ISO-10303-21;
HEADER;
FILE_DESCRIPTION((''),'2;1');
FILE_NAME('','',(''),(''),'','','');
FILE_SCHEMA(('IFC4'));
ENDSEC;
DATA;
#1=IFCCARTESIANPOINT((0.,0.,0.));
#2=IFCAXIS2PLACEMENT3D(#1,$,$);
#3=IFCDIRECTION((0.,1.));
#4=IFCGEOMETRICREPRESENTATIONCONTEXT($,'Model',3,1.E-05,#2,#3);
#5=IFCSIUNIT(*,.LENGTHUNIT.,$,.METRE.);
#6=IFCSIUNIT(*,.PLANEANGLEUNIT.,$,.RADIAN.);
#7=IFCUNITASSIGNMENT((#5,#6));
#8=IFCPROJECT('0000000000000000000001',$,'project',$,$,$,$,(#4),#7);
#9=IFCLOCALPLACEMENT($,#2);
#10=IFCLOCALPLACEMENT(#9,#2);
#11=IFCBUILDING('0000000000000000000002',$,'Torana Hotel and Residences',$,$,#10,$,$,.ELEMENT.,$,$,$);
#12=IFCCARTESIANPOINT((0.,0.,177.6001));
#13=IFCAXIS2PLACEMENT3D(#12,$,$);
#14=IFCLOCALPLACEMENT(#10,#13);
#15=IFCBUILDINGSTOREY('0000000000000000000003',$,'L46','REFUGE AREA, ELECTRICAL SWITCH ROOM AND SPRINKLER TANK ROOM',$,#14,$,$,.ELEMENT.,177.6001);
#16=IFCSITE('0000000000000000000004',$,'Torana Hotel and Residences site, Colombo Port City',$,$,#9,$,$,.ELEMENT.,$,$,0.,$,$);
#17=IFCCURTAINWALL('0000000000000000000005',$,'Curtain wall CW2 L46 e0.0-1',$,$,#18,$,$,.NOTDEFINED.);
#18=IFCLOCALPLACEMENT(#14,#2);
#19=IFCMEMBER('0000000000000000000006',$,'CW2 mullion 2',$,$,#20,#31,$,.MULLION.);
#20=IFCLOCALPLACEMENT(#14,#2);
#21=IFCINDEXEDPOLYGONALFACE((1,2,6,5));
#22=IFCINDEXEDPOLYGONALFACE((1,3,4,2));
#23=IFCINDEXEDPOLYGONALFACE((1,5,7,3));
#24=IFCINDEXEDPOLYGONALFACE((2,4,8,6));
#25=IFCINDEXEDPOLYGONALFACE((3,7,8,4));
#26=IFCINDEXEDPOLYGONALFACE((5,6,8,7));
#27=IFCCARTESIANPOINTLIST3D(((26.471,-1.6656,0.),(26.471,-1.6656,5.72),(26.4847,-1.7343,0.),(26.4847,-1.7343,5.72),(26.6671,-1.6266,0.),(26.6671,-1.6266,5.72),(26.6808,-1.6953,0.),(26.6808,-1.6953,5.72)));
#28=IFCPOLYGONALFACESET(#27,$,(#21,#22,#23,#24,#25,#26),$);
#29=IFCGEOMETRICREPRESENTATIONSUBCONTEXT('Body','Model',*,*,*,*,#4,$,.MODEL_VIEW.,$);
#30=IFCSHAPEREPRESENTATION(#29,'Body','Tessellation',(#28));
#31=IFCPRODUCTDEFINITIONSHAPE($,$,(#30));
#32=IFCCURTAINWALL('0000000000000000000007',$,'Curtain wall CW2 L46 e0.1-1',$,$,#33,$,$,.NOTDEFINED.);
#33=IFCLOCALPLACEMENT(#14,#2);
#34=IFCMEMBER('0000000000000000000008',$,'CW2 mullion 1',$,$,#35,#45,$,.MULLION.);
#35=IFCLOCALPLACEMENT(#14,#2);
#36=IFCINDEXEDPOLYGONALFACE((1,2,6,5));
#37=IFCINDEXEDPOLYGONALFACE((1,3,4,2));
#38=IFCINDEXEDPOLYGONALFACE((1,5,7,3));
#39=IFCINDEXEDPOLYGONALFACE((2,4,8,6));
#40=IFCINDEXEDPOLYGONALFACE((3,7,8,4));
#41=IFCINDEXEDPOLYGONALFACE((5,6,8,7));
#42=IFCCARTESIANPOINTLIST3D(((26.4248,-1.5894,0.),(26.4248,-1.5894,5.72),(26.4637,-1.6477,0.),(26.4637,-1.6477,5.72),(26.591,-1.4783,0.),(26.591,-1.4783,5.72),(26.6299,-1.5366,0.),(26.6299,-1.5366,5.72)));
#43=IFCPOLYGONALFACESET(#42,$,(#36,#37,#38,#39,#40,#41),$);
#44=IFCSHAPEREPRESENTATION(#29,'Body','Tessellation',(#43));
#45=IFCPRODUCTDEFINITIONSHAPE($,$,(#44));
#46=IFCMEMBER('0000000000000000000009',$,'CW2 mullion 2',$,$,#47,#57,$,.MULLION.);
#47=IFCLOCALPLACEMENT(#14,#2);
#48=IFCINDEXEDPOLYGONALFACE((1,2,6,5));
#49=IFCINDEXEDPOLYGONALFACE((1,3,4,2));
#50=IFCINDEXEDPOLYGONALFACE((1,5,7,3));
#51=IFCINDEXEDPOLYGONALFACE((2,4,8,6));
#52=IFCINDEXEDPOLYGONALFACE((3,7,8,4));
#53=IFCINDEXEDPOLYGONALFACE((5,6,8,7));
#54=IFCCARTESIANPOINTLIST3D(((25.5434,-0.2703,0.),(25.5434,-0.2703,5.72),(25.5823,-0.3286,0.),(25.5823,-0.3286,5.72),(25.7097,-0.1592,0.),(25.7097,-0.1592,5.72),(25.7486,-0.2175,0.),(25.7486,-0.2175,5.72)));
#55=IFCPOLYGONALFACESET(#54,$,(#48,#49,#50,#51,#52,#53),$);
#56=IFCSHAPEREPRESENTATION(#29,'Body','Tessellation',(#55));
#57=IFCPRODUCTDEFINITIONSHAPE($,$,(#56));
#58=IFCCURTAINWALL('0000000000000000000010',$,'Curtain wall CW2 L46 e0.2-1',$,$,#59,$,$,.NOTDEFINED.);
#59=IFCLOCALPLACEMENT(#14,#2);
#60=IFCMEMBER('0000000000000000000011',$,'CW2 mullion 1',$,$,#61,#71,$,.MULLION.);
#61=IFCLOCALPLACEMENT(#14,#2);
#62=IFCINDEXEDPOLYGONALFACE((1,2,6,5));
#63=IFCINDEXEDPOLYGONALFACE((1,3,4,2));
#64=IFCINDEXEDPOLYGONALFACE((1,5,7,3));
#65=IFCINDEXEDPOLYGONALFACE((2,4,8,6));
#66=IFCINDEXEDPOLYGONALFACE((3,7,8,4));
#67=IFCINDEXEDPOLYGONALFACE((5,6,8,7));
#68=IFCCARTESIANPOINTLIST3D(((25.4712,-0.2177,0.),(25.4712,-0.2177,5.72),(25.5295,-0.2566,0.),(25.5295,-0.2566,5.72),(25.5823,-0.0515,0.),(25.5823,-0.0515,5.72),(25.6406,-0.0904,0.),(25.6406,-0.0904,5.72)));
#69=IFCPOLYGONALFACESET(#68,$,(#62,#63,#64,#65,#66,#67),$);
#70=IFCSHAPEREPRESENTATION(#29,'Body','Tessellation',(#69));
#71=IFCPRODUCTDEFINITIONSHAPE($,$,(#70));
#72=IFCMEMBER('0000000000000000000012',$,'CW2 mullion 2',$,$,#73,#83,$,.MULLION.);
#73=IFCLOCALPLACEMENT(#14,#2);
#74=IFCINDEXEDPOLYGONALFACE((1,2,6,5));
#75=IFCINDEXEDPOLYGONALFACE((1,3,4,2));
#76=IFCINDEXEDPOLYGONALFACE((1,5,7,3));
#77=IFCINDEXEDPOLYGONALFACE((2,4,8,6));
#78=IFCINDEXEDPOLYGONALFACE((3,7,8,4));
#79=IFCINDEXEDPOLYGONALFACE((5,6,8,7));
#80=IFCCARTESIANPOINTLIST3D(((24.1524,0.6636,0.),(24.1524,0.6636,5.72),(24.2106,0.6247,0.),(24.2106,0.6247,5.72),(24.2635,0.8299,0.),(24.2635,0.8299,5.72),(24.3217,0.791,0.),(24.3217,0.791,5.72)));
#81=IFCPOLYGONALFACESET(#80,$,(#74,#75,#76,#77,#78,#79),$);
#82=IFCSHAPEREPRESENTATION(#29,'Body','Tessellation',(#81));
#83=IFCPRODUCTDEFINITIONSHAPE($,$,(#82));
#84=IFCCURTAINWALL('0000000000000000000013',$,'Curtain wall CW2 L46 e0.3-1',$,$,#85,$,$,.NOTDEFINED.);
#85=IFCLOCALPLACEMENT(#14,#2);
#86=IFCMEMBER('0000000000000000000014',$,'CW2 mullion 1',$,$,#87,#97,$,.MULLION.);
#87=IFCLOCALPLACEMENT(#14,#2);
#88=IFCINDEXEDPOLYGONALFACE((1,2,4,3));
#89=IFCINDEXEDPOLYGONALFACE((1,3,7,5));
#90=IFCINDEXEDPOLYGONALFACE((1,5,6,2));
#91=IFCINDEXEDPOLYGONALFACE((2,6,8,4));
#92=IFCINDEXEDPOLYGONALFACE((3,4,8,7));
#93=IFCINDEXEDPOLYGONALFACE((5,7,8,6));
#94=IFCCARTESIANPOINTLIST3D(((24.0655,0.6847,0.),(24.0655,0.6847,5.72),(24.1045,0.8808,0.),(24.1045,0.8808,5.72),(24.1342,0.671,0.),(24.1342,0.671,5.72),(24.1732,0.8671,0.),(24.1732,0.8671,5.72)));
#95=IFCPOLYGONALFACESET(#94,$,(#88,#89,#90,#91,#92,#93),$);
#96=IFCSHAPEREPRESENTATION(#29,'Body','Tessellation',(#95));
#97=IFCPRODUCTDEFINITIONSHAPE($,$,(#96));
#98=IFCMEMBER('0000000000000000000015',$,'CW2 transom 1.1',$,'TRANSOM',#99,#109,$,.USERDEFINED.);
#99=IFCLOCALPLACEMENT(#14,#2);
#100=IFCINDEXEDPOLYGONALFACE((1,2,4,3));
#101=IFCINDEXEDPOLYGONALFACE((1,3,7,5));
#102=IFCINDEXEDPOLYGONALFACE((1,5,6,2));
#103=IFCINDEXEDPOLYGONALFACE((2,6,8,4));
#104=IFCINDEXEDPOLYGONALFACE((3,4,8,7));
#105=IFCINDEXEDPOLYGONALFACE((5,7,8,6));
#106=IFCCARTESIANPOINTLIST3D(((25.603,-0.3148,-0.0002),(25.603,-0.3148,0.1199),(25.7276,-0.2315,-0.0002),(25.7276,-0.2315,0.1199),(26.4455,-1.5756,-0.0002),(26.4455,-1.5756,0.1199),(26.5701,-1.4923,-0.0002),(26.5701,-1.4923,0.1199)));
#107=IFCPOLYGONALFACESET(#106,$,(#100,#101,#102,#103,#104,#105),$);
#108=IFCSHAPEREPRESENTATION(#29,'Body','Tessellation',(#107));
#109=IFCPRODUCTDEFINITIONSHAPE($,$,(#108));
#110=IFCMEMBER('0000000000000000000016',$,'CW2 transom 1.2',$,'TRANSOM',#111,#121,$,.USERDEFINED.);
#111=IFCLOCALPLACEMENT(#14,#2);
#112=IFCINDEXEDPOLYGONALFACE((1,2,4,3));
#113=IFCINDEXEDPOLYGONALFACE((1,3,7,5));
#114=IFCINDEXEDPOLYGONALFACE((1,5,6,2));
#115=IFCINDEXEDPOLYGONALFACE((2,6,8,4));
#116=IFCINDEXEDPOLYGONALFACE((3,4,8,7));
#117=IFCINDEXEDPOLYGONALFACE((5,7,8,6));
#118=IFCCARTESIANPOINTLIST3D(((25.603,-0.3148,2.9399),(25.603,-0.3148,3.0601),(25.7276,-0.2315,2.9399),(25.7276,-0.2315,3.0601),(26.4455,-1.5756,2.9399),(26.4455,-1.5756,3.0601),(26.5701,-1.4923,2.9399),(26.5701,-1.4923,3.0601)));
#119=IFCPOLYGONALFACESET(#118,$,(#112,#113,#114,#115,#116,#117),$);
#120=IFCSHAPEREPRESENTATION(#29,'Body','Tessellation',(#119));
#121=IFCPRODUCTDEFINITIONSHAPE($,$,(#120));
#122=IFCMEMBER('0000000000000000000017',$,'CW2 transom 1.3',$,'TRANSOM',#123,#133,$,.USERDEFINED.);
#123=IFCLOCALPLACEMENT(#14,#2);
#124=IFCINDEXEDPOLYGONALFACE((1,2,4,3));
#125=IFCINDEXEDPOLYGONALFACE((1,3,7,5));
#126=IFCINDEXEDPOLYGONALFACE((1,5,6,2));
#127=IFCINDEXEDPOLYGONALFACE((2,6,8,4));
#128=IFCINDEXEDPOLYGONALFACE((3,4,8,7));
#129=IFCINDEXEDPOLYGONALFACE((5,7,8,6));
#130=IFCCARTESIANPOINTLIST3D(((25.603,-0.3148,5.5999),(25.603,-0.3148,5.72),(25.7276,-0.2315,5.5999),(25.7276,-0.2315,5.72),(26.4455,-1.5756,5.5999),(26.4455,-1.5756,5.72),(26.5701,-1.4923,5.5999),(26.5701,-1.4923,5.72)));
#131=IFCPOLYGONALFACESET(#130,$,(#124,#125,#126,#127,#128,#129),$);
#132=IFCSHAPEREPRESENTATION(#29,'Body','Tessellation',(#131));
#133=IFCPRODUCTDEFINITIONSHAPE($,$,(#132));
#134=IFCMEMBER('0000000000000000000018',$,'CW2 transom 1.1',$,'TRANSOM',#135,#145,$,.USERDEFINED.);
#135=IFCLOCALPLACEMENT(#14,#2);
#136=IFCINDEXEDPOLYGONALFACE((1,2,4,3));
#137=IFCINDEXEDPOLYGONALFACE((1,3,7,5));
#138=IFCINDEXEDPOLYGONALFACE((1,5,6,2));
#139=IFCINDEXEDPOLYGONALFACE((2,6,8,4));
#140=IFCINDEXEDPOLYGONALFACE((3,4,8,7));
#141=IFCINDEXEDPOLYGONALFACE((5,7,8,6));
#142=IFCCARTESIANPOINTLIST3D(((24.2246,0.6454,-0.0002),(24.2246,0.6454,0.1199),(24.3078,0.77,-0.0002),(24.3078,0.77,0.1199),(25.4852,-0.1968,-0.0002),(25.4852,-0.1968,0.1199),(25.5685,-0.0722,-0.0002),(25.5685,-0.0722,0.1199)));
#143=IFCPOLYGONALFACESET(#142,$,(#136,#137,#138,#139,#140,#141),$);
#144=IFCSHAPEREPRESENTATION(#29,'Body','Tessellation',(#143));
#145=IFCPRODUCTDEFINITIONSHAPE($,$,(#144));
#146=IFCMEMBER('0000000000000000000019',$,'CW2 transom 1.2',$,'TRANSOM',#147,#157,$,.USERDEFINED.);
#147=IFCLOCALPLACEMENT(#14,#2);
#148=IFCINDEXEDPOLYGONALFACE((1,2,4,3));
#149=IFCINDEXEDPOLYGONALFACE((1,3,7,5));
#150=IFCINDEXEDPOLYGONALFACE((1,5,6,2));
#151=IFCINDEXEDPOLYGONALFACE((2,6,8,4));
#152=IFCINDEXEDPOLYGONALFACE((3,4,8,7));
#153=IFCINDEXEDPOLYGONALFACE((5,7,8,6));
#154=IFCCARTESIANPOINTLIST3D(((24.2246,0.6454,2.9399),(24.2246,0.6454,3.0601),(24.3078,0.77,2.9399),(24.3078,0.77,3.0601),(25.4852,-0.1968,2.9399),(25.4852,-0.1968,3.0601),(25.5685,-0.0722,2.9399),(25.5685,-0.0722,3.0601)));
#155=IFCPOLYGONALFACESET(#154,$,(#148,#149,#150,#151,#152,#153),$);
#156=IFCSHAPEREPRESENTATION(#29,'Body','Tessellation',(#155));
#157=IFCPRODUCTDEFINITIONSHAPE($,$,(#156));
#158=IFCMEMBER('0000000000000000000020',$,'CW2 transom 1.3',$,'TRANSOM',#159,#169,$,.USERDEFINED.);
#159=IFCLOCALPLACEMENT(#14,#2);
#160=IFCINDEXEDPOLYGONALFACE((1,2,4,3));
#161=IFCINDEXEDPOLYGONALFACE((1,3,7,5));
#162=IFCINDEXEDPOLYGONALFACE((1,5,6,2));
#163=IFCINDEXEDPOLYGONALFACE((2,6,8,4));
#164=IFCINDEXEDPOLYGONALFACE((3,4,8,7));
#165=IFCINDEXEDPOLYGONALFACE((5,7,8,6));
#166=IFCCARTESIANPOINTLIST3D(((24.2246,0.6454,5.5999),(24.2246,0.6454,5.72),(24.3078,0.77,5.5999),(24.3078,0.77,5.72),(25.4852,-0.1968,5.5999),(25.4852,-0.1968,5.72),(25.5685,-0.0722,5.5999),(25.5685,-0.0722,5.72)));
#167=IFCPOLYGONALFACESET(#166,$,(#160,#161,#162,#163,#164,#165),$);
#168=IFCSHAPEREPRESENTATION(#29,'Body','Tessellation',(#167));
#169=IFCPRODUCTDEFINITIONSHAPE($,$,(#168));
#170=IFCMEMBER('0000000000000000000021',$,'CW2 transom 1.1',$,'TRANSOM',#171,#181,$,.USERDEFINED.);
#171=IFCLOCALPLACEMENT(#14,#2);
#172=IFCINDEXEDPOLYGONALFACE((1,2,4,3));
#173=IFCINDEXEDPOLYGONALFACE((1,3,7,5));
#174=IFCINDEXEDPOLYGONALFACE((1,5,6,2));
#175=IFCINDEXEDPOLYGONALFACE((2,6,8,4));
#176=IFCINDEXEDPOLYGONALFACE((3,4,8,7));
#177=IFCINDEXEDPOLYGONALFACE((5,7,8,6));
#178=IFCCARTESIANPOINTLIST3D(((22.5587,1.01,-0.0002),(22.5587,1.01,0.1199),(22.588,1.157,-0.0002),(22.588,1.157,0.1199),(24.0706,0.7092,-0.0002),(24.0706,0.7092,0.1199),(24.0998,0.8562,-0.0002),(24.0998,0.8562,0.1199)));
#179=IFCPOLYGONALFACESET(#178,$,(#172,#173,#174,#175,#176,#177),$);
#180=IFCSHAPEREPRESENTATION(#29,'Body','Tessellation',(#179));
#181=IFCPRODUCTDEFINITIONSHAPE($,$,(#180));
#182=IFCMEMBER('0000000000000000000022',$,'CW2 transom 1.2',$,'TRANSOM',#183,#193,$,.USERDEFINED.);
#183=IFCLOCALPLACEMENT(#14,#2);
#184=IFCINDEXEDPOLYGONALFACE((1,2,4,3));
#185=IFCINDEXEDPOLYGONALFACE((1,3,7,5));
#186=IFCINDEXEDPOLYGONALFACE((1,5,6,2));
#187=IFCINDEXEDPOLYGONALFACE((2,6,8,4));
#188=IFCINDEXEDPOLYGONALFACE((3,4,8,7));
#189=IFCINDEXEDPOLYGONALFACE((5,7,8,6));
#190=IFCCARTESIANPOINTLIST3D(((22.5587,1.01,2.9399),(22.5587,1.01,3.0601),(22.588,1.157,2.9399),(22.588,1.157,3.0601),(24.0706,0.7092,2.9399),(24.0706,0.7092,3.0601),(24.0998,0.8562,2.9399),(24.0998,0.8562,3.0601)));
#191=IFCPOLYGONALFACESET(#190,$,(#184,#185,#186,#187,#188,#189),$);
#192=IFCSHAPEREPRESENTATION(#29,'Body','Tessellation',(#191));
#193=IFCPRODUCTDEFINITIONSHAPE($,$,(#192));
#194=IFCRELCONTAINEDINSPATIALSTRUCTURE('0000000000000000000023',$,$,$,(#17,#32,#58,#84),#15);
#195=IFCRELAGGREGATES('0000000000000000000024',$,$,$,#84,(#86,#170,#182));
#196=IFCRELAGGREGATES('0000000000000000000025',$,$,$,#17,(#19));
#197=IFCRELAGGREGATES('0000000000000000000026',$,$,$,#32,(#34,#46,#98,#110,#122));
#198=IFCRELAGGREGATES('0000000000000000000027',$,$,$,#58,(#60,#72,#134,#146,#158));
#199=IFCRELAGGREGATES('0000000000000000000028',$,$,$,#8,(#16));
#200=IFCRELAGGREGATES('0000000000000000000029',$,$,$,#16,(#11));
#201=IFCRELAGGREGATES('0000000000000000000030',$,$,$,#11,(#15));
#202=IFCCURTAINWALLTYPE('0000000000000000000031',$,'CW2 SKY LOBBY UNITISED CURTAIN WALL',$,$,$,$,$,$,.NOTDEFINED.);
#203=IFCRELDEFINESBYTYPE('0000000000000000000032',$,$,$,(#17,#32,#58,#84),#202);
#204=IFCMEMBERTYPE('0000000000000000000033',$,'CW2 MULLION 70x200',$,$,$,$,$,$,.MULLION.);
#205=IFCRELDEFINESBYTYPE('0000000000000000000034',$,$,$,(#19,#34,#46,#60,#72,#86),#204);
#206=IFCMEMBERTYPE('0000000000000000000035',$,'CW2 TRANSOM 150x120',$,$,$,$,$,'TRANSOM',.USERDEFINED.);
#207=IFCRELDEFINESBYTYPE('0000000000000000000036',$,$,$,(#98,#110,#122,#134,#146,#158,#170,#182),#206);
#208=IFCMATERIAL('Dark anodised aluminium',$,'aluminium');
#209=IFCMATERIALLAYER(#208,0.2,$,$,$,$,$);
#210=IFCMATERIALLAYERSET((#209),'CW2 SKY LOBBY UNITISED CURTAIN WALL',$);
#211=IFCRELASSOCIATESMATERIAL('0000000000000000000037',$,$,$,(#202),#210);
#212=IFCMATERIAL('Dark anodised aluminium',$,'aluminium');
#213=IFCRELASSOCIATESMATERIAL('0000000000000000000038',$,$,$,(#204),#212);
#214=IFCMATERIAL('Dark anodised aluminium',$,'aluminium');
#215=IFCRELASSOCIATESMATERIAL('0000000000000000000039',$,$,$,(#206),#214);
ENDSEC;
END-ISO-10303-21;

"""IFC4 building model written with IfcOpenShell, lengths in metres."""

from ifc_helpers import new_model, si_unit, direction, frame, origin, origin_2d, place, context, subcontext, project, spatial, rectangle, extrude, material, layer, layer_set, material_profile, profile_set, type_object, element, aggregate, save


model = new_model("IFC4")

# Units and contexts
model_context = context("Model", 3, precision=1e-05, world=origin(), true_north=direction((0.0, 1.0)))
body_context = subcontext(model_context, "Body", "Model", "MODEL_VIEW")
ifc_project = project(units=[si_unit("LENGTHUNIT", "METRE"), si_unit("PLANEANGLEUNIT", "RADIAN")], contexts=[model_context])

# Site, building, storey
site_placement = place(None, origin())
site = spatial("IfcSite", under=ifc_project, at=site_placement, Name="Torana Hotel and Residences site, Colombo Port City", CompositionType="ELEMENT", RefElevation=0.0)
building_placement = place(site_placement, origin())
building = spatial("IfcBuilding", under=site, at=building_placement, Name="Torana Hotel and Residences", CompositionType="ELEMENT")
storey_placement = place(building_placement, frame((0.0, 0.0, 177.6001)))
storey = spatial("IfcBuildingStorey", under=building, at=storey_placement, Name="L46", Description="REFUGE AREA, ELECTRICAL SWITCH ROOM AND SPRINKLER TANK ROOM", CompositionType="ELEMENT", Elevation=177.6001)

# Curtain wall, member
ifc_material_1 = material(Name="Dark anodised aluminium", Category="aluminium")
ifc_layer_1 = layer(ifc_material_1, 0.2)
ifc_layer_set_1 = layer_set([ifc_layer_1], Name="CW2 SKY LOBBY UNITISED CURTAIN WALL")
curtain_wall_type = type_object("IfcCurtainWallType", Name="CW2 SKY LOBBY UNITISED CURTAIN WALL", PredefinedType="NOTDEFINED", material=ifc_layer_set_1)
curtain_wall_1_placement = place(storey_placement, origin())
curtain_wall_1 = element("IfcCurtainWall", 1, at=curtain_wall_1_placement, inside=storey, type_object=curtain_wall_type, Name="Curtain wall CW2 L46 e0.0-1", PredefinedType="NOTDEFINED")
ifc_material_2 = material(Name="Dark anodised aluminium", Category="aluminium")
ifc_material_profile_1 = material_profile(ifc_material_2, rectangle(XDim=0.2, YDim=0.0701, at=origin_2d()), Name="CW2 MULLION 70x200")
ifc_profile_set_1 = profile_set([ifc_material_profile_1], Name="Dark anodised aluminium")
member_type_1 = type_object("IfcMemberType", Name="CW2 MULLION 70x200", PredefinedType="MULLION", material=ifc_profile_set_1)
member_1_placement = place(storey_placement, frame((26.5759, -1.6804, 0.0), z_axis=(0.0, 0.0, 1.0), x_axis=(-0.980791, -0.195064, 0.0)))
member_1 = element("IfcMember", 2, at=member_1_placement, type_object=member_type_1, Name="CW2 mullion 2", PredefinedType="MULLION", context=body_context, shape_type="SweptSolid", body=[
    extrude(rectangle(XDim=0.2, YDim=0.0701, at=origin_2d()), origin(), (0.0, 0.0, 1.0), 5.72),
])

# Curtain walls, members
curtain_wall_2_placement = place(storey_placement, origin())
curtain_wall_2 = element("IfcCurtainWall", 3, at=curtain_wall_2_placement, inside=storey, type_object=curtain_wall_type, Name="Curtain wall CW2 L46 e0.1-1", PredefinedType="NOTDEFINED")
member_2_placement = place(storey_placement, frame((26.5273, -1.563, 0.0), z_axis=(0.0, 0.0, 1.0), x_axis=(-0.831474, -0.555564, 0.0)))
member_2 = element("IfcMember", 4, at=member_2_placement, type_object=member_type_1, Name="CW2 mullion 1", PredefinedType="MULLION", context=body_context, shape_type="SweptSolid", body=[
    extrude(rectangle(XDim=0.2, YDim=0.0701, at=origin_2d()), origin(), (0.0, 0.0, 1.0), 5.72),
])
member_3_placement = place(storey_placement, frame((25.646, -0.2439, 0.0), z_axis=(0.0, 0.0, 1.0), x_axis=(-0.831474, -0.555564, 0.0)))
member_3 = element("IfcMember", 5, at=member_3_placement, type_object=member_type_1, Name="CW2 mullion 2", PredefinedType="MULLION", context=body_context, shape_type="SweptSolid", body=[
    extrude(rectangle(XDim=0.2, YDim=0.0701, at=origin_2d()), origin(), (0.0, 0.0, 1.0), 5.72),
])
curtain_wall_3_placement = place(storey_placement, origin())
curtain_wall_3 = element("IfcCurtainWall", 6, at=curtain_wall_3_placement, inside=storey, type_object=curtain_wall_type, Name="Curtain wall CW2 L46 e0.2-1", PredefinedType="NOTDEFINED")
member_4_placement = place(storey_placement, frame((25.5559, -0.1541, 0.0), z_axis=(0.0, 0.0, 1.0), x_axis=(-0.555564, -0.831474, 0.0)))
member_4 = element("IfcMember", 7, at=member_4_placement, type_object=member_type_1, Name="CW2 mullion 1", PredefinedType="MULLION", context=body_context, shape_type="SweptSolid", body=[
    extrude(rectangle(XDim=0.2, YDim=0.0701, at=origin_2d()), origin(), (0.0, 0.0, 1.0), 5.72),
])
member_5_placement = place(storey_placement, frame((24.2371, 0.7273, 0.0), z_axis=(0.0, 0.0, 1.0), x_axis=(-0.555564, -0.831474, 0.0)))
member_5 = element("IfcMember", 8, at=member_5_placement, type_object=member_type_1, Name="CW2 mullion 2", PredefinedType="MULLION", context=body_context, shape_type="SweptSolid", body=[
    extrude(rectangle(XDim=0.2, YDim=0.0701, at=origin_2d()), origin(), (0.0, 0.0, 1.0), 5.72),
])

# Curtain wall, member
curtain_wall_4_placement = place(storey_placement, origin())
curtain_wall_4 = element("IfcCurtainWall", 9, at=curtain_wall_4_placement, inside=storey, type_object=curtain_wall_type, Name="Curtain wall CW2 L46 e0.3-1", PredefinedType="NOTDEFINED")
member_6_placement = place(storey_placement, frame((24.1194, 0.7759, 0.0), z_axis=(0.0, 0.0, 1.0), x_axis=(-0.195064, -0.980791, 0.0)))
member_6 = element("IfcMember", 10, at=member_6_placement, type_object=member_type_1, Name="CW2 mullion 1", PredefinedType="MULLION", context=body_context, shape_type="SweptSolid", body=[
    extrude(rectangle(XDim=0.2, YDim=0.0701, at=origin_2d()), origin(), (0.0, 0.0, 1.0), 5.72),
])

# Members
ifc_material_3 = material(Name="Dark anodised aluminium", Category="aluminium")
ifc_material_profile_2 = material_profile(ifc_material_3, rectangle(XDim=0.1499, YDim=0.1201, at=origin_2d()), Name="CW2 TRANSOM 150x120")
ifc_profile_set_2 = profile_set([ifc_material_profile_2], Name="Dark anodised aluminium")
member_type_2 = type_object("IfcMemberType", Name="CW2 TRANSOM 150x120", ElementType="TRANSOM", PredefinedType="USERDEFINED", material=ifc_profile_set_2)
member_7_placement = place(storey_placement, frame((26.5078, -1.5339, 0.0598), z_axis=(-0.555629, 0.831431, 0.0), x_axis=(-0.831431, -0.555629, 0.0)))
member_7 = element("IfcMember", 11, at=member_7_placement, type_object=member_type_2, Name="CW2 transom 1.1", ObjectType="TRANSOM", PredefinedType="USERDEFINED", context=body_context, shape_type="SweptSolid", body=[
    extrude(rectangle(XDim=0.1499, YDim=0.1201, at=origin_2d()), origin(), (0.0, 0.0, 1.0), 1.5164),
])
member_8_placement = place(storey_placement, frame((26.5078, -1.5339, 3.0), z_axis=(-0.555629, 0.831431, 0.0), x_axis=(-0.831431, -0.555629, 0.0)))
member_8 = element("IfcMember", 12, at=member_8_placement, type_object=member_type_2, Name="CW2 transom 1.2", ObjectType="TRANSOM", PredefinedType="USERDEFINED", context=body_context, shape_type="SweptSolid", body=[
    extrude(rectangle(XDim=0.1499, YDim=0.1201, at=origin_2d()), origin(), (0.0, 0.0, 1.0), 1.5164),
])
member_9_placement = place(storey_placement, frame((26.5078, -1.5339, 5.6599), z_axis=(-0.555629, 0.831431, 0.0), x_axis=(-0.831431, -0.555629, 0.0)))
member_9 = element("IfcMember", 13, at=member_9_placement, type_object=member_type_2, Name="CW2 transom 1.3", ObjectType="TRANSOM", PredefinedType="USERDEFINED", context=body_context, shape_type="SweptSolid", body=[
    extrude(rectangle(XDim=0.1499, YDim=0.1201, at=origin_2d()), origin(), (0.0, 0.0, 1.0), 1.5164),
])
member_10_placement = place(storey_placement, frame((25.5269, -0.1345, 0.0598), z_axis=(-0.831505, 0.555517, 0.0), x_axis=(-0.555517, -0.831505, 0.0)))
member_10 = element("IfcMember", 14, at=member_10_placement, type_object=member_type_2, Name="CW2 transom 1.1", ObjectType="TRANSOM", PredefinedType="USERDEFINED", context=body_context, shape_type="SweptSolid", body=[
    extrude(rectangle(XDim=0.1499, YDim=0.1201, at=origin_2d()), origin(), (0.0, 0.0, 1.0), 1.5161),
])
member_11_placement = place(storey_placement, frame((25.5269, -0.1345, 3.0), z_axis=(-0.831505, 0.555517, 0.0), x_axis=(-0.555517, -0.831505, 0.0)))
member_11 = element("IfcMember", 15, at=member_11_placement, type_object=member_type_2, Name="CW2 transom 1.2", ObjectType="TRANSOM", PredefinedType="USERDEFINED", context=body_context, shape_type="SweptSolid", body=[
    extrude(rectangle(XDim=0.1499, YDim=0.1201, at=origin_2d()), origin(), (0.0, 0.0, 1.0), 1.5161),
])
member_12_placement = place(storey_placement, frame((25.5269, -0.1345, 5.6599), z_axis=(-0.831505, 0.555517, 0.0), x_axis=(-0.555517, -0.831505, 0.0)))
member_12 = element("IfcMember", 16, at=member_12_placement, type_object=member_type_2, Name="CW2 transom 1.3", ObjectType="TRANSOM", PredefinedType="USERDEFINED", context=body_context, shape_type="SweptSolid", body=[
    extrude(rectangle(XDim=0.1499, YDim=0.1201, at=origin_2d()), origin(), (0.0, 0.0, 1.0), 1.5161),
])
member_13_placement = place(storey_placement, frame((24.0852, 0.7827, 0.0598), z_axis=(-0.980781, 0.195111, 0.0), x_axis=(-0.195111, -0.980781, 0.0)))
member_13 = element("IfcMember", 17, at=member_13_placement, type_object=member_type_2, Name="CW2 transom 1.1", ObjectType="TRANSOM", PredefinedType="USERDEFINED", context=body_context, shape_type="SweptSolid", body=[
    extrude(rectangle(XDim=0.1499, YDim=0.1201, at=origin_2d()), origin(), (0.0, 0.0, 1.0), 1.5415),
])
member_14_placement = place(storey_placement, frame((24.0852, 0.7827, 3.0), z_axis=(-0.980781, 0.195111, 0.0), x_axis=(-0.195111, -0.980781, 0.0)))
member_14 = element("IfcMember", 18, at=member_14_placement, type_object=member_type_2, Name="CW2 transom 1.2", ObjectType="TRANSOM", PredefinedType="USERDEFINED", context=body_context, shape_type="SweptSolid", body=[
    extrude(rectangle(XDim=0.1499, YDim=0.1201, at=origin_2d()), origin(), (0.0, 0.0, 1.0), 1.5415),
])
aggregate(curtain_wall_4, [member_6, member_13, member_14])

aggregate(curtain_wall_1, [member_1])
aggregate(curtain_wall_2, [member_2, member_3, member_7, member_8, member_9])
aggregate(curtain_wall_3, [member_4, member_5, member_10, member_11, member_12])

save(model, "model.ifc")
